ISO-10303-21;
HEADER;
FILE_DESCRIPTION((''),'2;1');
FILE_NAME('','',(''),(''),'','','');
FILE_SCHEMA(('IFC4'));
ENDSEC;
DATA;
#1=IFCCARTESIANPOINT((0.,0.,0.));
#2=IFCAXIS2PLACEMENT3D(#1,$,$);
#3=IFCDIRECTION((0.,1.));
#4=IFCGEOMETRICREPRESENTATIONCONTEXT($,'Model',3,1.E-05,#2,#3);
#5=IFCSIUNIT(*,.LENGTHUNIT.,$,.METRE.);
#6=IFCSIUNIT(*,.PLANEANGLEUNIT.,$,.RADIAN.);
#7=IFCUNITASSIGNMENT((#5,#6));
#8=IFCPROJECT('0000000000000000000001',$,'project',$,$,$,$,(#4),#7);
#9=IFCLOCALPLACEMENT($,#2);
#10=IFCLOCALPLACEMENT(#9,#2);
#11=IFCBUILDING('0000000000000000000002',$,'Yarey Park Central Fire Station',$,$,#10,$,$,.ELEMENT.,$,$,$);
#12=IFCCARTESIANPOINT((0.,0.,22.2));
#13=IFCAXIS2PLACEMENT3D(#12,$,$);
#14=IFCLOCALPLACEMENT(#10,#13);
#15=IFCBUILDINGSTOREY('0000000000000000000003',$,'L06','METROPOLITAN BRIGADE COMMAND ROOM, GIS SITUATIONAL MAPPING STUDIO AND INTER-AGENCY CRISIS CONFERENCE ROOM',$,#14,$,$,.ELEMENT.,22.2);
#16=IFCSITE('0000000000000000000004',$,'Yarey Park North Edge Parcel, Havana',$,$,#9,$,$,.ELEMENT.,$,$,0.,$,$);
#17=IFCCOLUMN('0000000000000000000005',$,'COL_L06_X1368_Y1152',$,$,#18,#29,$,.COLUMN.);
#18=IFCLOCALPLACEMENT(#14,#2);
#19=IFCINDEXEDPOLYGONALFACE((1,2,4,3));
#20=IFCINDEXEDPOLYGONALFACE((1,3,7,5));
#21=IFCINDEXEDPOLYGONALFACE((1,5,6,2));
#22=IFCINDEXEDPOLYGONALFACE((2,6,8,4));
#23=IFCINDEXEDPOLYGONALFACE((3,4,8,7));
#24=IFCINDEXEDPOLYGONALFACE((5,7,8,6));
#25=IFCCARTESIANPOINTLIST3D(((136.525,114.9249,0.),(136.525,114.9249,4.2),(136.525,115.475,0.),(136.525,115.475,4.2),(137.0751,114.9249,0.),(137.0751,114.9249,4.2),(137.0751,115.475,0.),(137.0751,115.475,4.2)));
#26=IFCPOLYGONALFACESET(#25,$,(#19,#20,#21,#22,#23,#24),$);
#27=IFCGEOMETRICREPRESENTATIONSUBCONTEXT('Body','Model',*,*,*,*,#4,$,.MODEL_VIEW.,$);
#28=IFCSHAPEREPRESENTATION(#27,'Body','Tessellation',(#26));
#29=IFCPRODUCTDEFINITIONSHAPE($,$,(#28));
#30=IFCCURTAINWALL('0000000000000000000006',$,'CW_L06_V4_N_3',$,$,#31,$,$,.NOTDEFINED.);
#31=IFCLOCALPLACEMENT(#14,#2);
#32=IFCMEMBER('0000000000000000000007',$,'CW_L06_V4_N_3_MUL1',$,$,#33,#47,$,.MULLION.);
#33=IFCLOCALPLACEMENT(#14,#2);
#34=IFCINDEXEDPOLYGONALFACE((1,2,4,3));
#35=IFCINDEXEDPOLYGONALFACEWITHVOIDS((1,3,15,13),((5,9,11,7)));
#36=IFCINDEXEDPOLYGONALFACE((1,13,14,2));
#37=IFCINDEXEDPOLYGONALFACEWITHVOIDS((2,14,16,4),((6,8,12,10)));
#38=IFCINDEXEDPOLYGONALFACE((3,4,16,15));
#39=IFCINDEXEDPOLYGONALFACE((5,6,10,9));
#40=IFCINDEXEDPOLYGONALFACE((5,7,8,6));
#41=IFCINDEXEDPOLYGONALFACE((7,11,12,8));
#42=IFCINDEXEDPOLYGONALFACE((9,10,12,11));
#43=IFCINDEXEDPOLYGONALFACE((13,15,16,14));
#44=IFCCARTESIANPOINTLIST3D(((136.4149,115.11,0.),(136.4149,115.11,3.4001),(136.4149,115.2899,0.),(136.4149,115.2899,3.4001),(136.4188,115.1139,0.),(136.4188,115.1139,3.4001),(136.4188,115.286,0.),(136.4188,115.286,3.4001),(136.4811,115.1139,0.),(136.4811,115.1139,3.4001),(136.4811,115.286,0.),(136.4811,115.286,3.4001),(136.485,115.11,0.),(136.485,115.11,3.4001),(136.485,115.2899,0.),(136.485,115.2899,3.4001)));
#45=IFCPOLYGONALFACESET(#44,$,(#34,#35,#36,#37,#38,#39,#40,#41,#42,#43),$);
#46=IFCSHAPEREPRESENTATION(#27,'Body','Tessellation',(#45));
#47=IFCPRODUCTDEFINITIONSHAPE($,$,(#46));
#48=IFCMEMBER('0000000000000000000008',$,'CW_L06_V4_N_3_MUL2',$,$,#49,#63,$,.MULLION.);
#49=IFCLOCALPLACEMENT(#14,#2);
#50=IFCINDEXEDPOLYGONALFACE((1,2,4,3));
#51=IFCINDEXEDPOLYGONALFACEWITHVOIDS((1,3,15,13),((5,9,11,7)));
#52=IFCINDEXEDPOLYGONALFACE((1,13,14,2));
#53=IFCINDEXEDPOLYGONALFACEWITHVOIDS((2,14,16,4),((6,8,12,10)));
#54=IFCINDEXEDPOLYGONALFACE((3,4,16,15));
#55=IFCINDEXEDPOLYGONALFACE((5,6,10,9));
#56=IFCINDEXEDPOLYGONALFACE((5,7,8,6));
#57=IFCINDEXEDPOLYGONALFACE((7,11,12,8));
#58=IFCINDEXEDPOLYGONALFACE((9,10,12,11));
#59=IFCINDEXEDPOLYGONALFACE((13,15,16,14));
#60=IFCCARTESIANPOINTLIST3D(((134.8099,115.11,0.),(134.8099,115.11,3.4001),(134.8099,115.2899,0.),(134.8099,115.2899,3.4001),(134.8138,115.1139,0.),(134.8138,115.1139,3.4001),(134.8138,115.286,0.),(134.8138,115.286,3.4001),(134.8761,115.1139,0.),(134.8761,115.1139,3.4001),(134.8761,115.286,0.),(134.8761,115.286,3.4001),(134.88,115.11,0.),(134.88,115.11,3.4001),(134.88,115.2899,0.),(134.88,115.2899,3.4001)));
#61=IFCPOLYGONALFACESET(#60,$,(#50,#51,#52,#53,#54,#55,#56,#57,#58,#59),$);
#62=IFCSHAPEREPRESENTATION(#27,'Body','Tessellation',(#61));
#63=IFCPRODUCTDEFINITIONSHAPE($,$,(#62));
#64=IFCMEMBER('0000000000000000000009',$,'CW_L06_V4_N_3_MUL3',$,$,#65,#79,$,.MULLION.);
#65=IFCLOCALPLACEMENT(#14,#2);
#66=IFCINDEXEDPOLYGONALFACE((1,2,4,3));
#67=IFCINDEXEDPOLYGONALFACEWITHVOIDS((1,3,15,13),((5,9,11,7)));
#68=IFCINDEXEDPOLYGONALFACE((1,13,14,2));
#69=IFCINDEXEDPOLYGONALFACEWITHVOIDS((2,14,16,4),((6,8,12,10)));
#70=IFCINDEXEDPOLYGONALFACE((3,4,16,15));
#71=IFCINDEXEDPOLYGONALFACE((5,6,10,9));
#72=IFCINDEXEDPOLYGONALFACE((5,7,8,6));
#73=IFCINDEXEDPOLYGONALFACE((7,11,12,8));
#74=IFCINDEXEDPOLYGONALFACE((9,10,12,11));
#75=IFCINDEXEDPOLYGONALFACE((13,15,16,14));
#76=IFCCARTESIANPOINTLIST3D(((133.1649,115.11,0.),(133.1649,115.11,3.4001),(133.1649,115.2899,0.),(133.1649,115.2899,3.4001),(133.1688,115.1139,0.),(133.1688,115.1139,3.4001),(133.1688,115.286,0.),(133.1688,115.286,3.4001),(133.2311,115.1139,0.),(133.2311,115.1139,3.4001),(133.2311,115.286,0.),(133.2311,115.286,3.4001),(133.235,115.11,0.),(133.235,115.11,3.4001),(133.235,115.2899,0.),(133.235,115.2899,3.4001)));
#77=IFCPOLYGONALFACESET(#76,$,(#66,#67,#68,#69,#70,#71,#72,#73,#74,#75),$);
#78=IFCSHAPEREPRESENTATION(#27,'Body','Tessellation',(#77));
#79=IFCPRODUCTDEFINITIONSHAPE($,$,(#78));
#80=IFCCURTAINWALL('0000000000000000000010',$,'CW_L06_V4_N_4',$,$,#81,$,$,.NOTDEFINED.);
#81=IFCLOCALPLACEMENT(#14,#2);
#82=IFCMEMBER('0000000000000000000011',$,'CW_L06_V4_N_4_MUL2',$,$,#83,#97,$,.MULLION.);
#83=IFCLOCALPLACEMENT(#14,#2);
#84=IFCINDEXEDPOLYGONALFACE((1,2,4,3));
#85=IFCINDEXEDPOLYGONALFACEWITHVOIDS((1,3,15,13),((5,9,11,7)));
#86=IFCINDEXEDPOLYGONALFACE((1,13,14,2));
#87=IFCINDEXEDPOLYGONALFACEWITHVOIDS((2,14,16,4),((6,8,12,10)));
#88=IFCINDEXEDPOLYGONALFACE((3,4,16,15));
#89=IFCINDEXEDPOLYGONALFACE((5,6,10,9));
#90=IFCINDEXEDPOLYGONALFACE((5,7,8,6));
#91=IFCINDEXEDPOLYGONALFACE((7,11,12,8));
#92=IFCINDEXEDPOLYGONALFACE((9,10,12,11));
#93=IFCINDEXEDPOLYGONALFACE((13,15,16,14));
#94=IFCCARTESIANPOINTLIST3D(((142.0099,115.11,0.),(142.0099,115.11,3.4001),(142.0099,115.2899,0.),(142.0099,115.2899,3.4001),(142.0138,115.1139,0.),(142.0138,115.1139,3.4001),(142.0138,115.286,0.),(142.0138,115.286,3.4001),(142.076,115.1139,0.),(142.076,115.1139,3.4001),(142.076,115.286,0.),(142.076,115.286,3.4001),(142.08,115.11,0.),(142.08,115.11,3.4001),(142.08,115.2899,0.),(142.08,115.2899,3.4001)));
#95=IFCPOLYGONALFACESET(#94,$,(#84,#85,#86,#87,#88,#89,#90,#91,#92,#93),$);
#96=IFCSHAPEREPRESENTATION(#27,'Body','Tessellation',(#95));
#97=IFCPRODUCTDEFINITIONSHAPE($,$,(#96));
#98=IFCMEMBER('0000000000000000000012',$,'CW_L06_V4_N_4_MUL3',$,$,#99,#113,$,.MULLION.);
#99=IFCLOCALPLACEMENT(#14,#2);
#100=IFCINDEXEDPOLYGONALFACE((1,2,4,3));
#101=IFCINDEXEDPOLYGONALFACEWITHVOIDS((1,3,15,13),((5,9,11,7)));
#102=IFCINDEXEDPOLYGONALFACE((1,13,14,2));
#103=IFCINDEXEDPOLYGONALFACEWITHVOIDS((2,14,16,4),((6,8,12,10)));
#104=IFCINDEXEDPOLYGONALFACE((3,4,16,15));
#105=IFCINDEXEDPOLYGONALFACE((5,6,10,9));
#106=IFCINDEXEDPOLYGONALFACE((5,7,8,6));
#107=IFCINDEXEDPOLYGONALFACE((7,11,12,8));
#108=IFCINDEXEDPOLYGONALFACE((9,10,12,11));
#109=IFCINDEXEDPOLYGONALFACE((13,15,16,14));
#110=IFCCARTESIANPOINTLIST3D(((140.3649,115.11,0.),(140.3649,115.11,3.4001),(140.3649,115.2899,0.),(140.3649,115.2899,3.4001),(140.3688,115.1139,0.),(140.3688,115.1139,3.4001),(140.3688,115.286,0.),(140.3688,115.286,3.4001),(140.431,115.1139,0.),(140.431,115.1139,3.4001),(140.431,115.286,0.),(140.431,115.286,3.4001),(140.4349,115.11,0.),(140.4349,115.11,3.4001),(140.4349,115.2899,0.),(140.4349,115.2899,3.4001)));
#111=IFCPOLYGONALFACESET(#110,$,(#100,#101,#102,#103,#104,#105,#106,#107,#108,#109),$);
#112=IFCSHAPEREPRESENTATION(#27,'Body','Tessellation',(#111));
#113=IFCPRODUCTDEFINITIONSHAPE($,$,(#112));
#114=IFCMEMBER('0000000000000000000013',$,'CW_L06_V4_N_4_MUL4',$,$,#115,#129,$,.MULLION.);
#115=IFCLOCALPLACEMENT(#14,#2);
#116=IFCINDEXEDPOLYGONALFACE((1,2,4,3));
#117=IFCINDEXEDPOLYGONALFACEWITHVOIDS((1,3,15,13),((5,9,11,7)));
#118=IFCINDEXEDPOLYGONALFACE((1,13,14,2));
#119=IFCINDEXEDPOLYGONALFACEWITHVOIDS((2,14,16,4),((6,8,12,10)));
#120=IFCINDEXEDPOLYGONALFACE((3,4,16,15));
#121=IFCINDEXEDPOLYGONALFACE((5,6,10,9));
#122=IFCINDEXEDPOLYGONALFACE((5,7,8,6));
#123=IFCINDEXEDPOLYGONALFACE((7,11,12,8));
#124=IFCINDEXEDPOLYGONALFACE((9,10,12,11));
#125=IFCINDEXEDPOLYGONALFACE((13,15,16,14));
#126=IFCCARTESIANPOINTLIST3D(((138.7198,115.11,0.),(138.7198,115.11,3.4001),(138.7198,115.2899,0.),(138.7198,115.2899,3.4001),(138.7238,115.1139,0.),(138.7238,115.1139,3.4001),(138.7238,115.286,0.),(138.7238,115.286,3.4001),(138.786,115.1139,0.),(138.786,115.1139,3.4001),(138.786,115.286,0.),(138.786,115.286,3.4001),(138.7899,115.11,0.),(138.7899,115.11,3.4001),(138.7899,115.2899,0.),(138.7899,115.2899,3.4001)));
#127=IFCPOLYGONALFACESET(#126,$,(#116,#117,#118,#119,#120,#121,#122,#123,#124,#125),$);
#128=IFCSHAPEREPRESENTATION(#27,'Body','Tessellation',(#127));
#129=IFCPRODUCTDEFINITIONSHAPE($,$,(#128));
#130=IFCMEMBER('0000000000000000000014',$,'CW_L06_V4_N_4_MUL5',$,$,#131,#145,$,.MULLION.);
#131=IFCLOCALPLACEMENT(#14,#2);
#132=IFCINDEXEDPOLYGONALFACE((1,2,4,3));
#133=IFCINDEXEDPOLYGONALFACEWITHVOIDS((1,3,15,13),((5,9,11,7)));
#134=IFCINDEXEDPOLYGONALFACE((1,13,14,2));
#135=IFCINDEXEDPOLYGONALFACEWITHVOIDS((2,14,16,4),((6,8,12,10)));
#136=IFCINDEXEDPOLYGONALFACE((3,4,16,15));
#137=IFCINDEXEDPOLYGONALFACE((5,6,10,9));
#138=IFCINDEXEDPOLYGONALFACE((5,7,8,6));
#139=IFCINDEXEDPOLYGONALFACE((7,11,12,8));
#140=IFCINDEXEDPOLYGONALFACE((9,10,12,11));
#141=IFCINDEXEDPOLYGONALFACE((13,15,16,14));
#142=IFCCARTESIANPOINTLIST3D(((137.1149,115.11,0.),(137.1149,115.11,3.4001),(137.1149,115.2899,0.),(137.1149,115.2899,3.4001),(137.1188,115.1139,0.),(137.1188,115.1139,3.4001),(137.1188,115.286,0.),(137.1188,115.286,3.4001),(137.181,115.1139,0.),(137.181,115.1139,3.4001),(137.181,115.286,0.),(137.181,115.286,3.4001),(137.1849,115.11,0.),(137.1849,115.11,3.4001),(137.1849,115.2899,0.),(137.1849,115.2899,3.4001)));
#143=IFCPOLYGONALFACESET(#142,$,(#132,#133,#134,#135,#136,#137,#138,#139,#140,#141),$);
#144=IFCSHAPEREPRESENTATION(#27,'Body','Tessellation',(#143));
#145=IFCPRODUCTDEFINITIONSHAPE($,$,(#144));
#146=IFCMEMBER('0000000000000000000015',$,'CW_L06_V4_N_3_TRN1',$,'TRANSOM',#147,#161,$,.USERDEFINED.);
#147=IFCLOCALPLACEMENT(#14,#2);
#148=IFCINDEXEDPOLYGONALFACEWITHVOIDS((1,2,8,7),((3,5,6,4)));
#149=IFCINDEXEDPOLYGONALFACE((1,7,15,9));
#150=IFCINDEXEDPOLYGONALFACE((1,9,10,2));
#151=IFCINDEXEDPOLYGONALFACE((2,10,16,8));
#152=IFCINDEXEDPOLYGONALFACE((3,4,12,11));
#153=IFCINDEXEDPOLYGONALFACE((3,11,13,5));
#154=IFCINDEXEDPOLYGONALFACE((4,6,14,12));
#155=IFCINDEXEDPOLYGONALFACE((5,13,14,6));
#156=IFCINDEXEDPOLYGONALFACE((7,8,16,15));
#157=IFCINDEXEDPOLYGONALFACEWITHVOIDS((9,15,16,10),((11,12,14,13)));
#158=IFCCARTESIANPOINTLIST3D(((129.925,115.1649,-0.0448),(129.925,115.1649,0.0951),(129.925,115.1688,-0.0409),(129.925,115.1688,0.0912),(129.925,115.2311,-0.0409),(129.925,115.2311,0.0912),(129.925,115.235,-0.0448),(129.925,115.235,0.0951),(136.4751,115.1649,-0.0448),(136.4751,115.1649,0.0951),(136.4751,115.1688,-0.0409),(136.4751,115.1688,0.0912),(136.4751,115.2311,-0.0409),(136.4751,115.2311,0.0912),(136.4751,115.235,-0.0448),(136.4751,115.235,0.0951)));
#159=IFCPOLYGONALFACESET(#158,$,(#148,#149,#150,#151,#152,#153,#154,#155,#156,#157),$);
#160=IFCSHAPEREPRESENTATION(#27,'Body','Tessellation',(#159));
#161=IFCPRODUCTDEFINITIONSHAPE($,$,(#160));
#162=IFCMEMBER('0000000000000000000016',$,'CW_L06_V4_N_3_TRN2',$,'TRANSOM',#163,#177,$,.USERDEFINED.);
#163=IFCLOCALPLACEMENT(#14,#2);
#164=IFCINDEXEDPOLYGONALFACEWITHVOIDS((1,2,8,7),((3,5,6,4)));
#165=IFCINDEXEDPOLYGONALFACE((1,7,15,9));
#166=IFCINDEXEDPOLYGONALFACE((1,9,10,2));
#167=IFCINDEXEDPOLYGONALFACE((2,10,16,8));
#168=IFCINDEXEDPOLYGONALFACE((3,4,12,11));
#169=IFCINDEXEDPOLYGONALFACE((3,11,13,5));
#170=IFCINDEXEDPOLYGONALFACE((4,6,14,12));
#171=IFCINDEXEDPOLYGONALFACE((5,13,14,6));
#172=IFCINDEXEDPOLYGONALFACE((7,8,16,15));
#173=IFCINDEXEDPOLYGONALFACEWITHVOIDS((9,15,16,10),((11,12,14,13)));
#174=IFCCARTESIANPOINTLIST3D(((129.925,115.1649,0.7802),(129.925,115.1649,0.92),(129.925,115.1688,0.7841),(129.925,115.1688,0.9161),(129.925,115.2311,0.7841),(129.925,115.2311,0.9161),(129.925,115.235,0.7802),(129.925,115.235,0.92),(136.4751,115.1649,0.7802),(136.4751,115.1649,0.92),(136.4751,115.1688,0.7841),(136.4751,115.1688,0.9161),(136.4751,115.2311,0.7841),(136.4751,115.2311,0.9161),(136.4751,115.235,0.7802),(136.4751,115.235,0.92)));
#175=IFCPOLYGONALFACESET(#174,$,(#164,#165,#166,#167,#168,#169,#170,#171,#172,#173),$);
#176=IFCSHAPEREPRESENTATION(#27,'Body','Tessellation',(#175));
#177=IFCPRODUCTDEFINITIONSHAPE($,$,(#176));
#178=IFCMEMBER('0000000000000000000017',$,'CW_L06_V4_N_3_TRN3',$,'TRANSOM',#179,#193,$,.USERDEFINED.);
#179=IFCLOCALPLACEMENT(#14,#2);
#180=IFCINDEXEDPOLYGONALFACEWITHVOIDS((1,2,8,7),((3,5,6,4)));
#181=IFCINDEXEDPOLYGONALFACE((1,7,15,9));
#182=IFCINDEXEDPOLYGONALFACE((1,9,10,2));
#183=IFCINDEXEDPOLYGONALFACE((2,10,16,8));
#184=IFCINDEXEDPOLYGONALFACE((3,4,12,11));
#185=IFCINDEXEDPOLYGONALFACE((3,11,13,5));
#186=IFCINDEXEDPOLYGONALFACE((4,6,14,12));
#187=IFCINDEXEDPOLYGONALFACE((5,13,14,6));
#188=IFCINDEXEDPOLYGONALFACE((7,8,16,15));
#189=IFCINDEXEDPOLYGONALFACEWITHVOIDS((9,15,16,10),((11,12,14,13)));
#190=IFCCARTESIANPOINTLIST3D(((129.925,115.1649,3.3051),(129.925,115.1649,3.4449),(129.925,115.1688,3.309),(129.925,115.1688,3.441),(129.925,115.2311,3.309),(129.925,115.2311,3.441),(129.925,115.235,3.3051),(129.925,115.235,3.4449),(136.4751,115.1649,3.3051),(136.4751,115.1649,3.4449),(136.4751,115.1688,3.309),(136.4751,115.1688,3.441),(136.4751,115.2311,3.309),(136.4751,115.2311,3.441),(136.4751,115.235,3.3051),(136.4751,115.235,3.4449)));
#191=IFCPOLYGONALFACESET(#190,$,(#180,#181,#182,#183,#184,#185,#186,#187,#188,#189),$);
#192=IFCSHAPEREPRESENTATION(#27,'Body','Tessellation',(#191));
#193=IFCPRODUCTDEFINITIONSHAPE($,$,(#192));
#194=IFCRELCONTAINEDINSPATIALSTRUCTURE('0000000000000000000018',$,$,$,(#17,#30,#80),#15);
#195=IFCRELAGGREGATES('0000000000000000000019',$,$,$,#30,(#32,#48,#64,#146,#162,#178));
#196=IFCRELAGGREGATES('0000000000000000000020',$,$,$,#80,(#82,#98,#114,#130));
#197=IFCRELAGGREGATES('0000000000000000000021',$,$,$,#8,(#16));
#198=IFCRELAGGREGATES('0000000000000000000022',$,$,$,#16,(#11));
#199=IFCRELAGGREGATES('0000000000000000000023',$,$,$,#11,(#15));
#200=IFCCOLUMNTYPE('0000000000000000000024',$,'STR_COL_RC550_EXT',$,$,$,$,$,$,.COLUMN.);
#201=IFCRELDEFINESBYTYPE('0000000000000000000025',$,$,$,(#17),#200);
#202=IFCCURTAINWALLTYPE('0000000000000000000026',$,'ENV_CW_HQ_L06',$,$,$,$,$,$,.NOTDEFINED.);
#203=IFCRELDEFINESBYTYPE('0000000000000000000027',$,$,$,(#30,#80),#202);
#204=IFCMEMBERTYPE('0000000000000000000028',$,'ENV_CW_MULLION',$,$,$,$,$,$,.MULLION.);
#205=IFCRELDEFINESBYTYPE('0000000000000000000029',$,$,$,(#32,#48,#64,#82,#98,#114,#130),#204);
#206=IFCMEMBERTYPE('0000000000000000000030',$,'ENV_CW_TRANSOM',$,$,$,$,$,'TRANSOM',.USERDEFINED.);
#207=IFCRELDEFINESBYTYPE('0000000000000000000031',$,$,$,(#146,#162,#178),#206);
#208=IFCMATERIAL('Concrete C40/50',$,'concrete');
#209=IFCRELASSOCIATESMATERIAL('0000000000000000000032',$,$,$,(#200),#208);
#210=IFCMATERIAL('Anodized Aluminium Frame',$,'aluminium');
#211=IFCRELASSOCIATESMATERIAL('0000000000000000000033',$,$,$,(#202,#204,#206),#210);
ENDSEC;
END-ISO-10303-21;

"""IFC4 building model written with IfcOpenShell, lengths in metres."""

from ifc_helpers import new_model, si_unit, direction, frame, origin, origin_2d, place, context, subcontext, project, spatial, rectangle, hollow_rectangle, extrude, material, material_profile, profile_set, type_object, element, aggregate, save


model = new_model("IFC4")

# Units and contexts
model_context = context("Model", 3, precision=1e-05, world=origin(), true_north=direction((0.0, 1.0)))
body_context = subcontext(model_context, "Body", "Model", "MODEL_VIEW")
ifc_project = project(units=[si_unit("LENGTHUNIT", "METRE"), si_unit("PLANEANGLEUNIT", "RADIAN")], contexts=[model_context])

# Site, building, storey
site_placement = place(None, origin())
site = spatial("IfcSite", under=ifc_project, at=site_placement, Name="Yarey Park North Edge Parcel, Havana", CompositionType="ELEMENT", RefElevation=0.0)
building_placement = place(site_placement, origin())
building = spatial("IfcBuilding", under=site, at=building_placement, Name="Yarey Park Central Fire Station", CompositionType="ELEMENT")
storey_placement = place(building_placement, frame((0.0, 0.0, 22.2)))
storey = spatial("IfcBuildingStorey", under=building, at=storey_placement, Name="L06", Description="METROPOLITAN BRIGADE COMMAND ROOM, GIS SITUATIONAL MAPPING STUDIO AND INTER-AGENCY CRISIS CONFERENCE ROOM", CompositionType="ELEMENT", Elevation=22.2)

# Column
ifc_material_1 = material(Name="Concrete C40/50", Category="concrete")
ifc_material_profile_1 = material_profile(ifc_material_1, rectangle(XDim=0.55, YDim=0.55, at=origin_2d()), Name="RC 550x550")
ifc_profile_set_1 = profile_set([ifc_material_profile_1], Name="Concrete C40/50")
column_type = type_object("IfcColumnType", Name="STR_COL_RC550_EXT", PredefinedType="COLUMN", material=ifc_profile_set_1)
column_placement = place(storey_placement, frame((136.8, 115.2, 0.0), z_axis=(0.0, 0.0, 1.0), x_axis=(1.0, 0.0, 0.0)))
element("IfcColumn", 1, at=column_placement, inside=storey, type_object=column_type, Name="COL_L06_X1368_Y1152", PredefinedType="COLUMN", context=body_context, shape_type="SweptSolid", body=[
    extrude(rectangle(XDim=0.55, YDim=0.55, at=origin_2d()), origin(), (0.0, 0.0, 1.0), 4.2),
])

# Curtain walls, members
ifc_material_2 = material(Name="Anodized Aluminium Frame", Category="aluminium")
curtain_wall_type = type_object("IfcCurtainWallType", Name="ENV_CW_HQ_L06", PredefinedType="NOTDEFINED", material=ifc_material_2)
curtain_wall_1_placement = place(storey_placement, origin())
curtain_wall_1 = element("IfcCurtainWall", 2, at=curtain_wall_1_placement, inside=storey, type_object=curtain_wall_type, Name="CW_L06_V4_N_3", PredefinedType="NOTDEFINED")
ifc_material_profile_2 = material_profile(ifc_material_2, hollow_rectangle(XDim=0.0701, YDim=0.1799, WallThickness=0.0039, at=origin_2d()), Name="ALU 180x70x4")
ifc_profile_set_2 = profile_set([ifc_material_profile_2], Name="Anodized Aluminium Frame")
member_type_1 = type_object("IfcMemberType", Name="ENV_CW_MULLION", PredefinedType="MULLION", material=ifc_profile_set_2)
member_1_placement = place(storey_placement, frame((136.45, 115.2, 0.0), z_axis=(0.0, 0.0, 1.0), x_axis=(1.0, 0.0, 0.0)))
member_1 = element("IfcMember", 3, at=member_1_placement, type_object=member_type_1, Name="CW_L06_V4_N_3_MUL1", PredefinedType="MULLION", context=body_context, shape_type="SweptSolid", body=[
    extrude(hollow_rectangle(XDim=0.0701, YDim=0.1799, WallThickness=0.0039, at=origin_2d()), origin(), (0.0, 0.0, 1.0), 3.4001),
])
member_2_placement = place(storey_placement, frame((134.845, 115.2, 0.0), z_axis=(0.0, 0.0, 1.0), x_axis=(1.0, 0.0, 0.0)))
member_2 = element("IfcMember", 4, at=member_2_placement, type_object=member_type_1, Name="CW_L06_V4_N_3_MUL2", PredefinedType="MULLION", context=body_context, shape_type="SweptSolid", body=[
    extrude(hollow_rectangle(XDim=0.0701, YDim=0.1799, WallThickness=0.0039, at=origin_2d()), origin(), (0.0, 0.0, 1.0), 3.4001),
])
member_3_placement = place(storey_placement, frame((133.2, 115.2, 0.0), z_axis=(0.0, 0.0, 1.0), x_axis=(1.0, 0.0, 0.0)))
member_3 = element("IfcMember", 5, at=member_3_placement, type_object=member_type_1, Name="CW_L06_V4_N_3_MUL3", PredefinedType="MULLION", context=body_context, shape_type="SweptSolid", body=[
    extrude(hollow_rectangle(XDim=0.0701, YDim=0.1799, WallThickness=0.0039, at=origin_2d()), origin(), (0.0, 0.0, 1.0), 3.4001),
])
curtain_wall_2_placement = place(storey_placement, origin())
curtain_wall_2 = element("IfcCurtainWall", 6, at=curtain_wall_2_placement, inside=storey, type_object=curtain_wall_type, Name="CW_L06_V4_N_4", PredefinedType="NOTDEFINED")
member_4_placement = place(storey_placement, frame((142.0449, 115.2, 0.0), z_axis=(0.0, 0.0, 1.0), x_axis=(1.0, 0.0, 0.0)))
member_4 = element("IfcMember", 7, at=member_4_placement, type_object=member_type_1, Name="CW_L06_V4_N_4_MUL2", PredefinedType="MULLION", context=body_context, shape_type="SweptSolid", body=[
    extrude(hollow_rectangle(XDim=0.0701, YDim=0.1799, WallThickness=0.0039, at=origin_2d()), origin(), (0.0, 0.0, 1.0), 3.4001),
])
member_5_placement = place(storey_placement, frame((140.3999, 115.2, 0.0), z_axis=(0.0, 0.0, 1.0), x_axis=(1.0, 0.0, 0.0)))
member_5 = element("IfcMember", 8, at=member_5_placement, type_object=member_type_1, Name="CW_L06_V4_N_4_MUL3", PredefinedType="MULLION", context=body_context, shape_type="SweptSolid", body=[
    extrude(hollow_rectangle(XDim=0.0701, YDim=0.1799, WallThickness=0.0039, at=origin_2d()), origin(), (0.0, 0.0, 1.0), 3.4001),
])
member_6_placement = place(storey_placement, frame((138.7549, 115.2, 0.0), z_axis=(0.0, 0.0, 1.0), x_axis=(1.0, 0.0, 0.0)))
member_6 = element("IfcMember", 9, at=member_6_placement, type_object=member_type_1, Name="CW_L06_V4_N_4_MUL4", PredefinedType="MULLION", context=body_context, shape_type="SweptSolid", body=[
    extrude(hollow_rectangle(XDim=0.0701, YDim=0.1799, WallThickness=0.0039, at=origin_2d()), origin(), (0.0, 0.0, 1.0), 3.4001),
])
member_7_placement = place(storey_placement, frame((137.1499, 115.2, 0.0), z_axis=(0.0, 0.0, 1.0), x_axis=(1.0, 0.0, 0.0)))
member_7 = element("IfcMember", 10, at=member_7_placement, type_object=member_type_1, Name="CW_L06_V4_N_4_MUL5", PredefinedType="MULLION", context=body_context, shape_type="SweptSolid", body=[
    extrude(hollow_rectangle(XDim=0.0701, YDim=0.1799, WallThickness=0.0039, at=origin_2d()), origin(), (0.0, 0.0, 1.0), 3.4001),
])

# Members
ifc_material_profile_3 = material_profile(ifc_material_2, hollow_rectangle(XDim=0.0701, YDim=0.1399, WallThickness=0.0039, at=origin_2d()), Name="ALU 140x70x4")
ifc_profile_set_3 = profile_set([ifc_material_profile_3], Name="Anodized Aluminium Frame")
member_type_2 = type_object("IfcMemberType", Name="ENV_CW_TRANSOM", ElementType="TRANSOM", PredefinedType="USERDEFINED", material=ifc_profile_set_3)
member_8_placement = place(storey_placement, frame((136.4751, 115.2, 0.0251), z_axis=(-1.0, 0.0, 0.0), x_axis=(0.0, -1.0, 0.0)))
member_8 = element("IfcMember", 11, at=member_8_placement, type_object=member_type_2, Name="CW_L06_V4_N_3_TRN1", ObjectType="TRANSOM", PredefinedType="USERDEFINED", context=body_context, shape_type="SweptSolid", body=[
    extrude(hollow_rectangle(XDim=0.0701, YDim=0.1399, WallThickness=0.0039, at=origin_2d()), origin(), (0.0, 0.0, 1.0), 6.55),
])
member_9_placement = place(storey_placement, frame((136.4751, 115.2, 0.8501), z_axis=(-1.0, 0.0, 0.0), x_axis=(0.0, -1.0, 0.0)))
member_9 = element("IfcMember", 12, at=member_9_placement, type_object=member_type_2, Name="CW_L06_V4_N_3_TRN2", ObjectType="TRANSOM", PredefinedType="USERDEFINED", context=body_context, shape_type="SweptSolid", body=[
    extrude(hollow_rectangle(XDim=0.0701, YDim=0.1399, WallThickness=0.0039, at=origin_2d()), origin(), (0.0, 0.0, 1.0), 6.55),
])
member_10_placement = place(storey_placement, frame((136.4751, 115.2, 3.375), z_axis=(-1.0, 0.0, 0.0), x_axis=(0.0, -1.0, 0.0)))
member_10 = element("IfcMember", 13, at=member_10_placement, type_object=member_type_2, Name="CW_L06_V4_N_3_TRN3", ObjectType="TRANSOM", PredefinedType="USERDEFINED", context=body_context, shape_type="SweptSolid", body=[
    extrude(hollow_rectangle(XDim=0.0701, YDim=0.1399, WallThickness=0.0039, at=origin_2d()), origin(), (0.0, 0.0, 1.0), 6.55),
])

aggregate(curtain_wall_1, [member_1, member_2, member_3, member_8, member_9, member_10])
aggregate(curtain_wall_2, [member_4, member_5, member_6, member_7])

save(model, "model.ifc")
